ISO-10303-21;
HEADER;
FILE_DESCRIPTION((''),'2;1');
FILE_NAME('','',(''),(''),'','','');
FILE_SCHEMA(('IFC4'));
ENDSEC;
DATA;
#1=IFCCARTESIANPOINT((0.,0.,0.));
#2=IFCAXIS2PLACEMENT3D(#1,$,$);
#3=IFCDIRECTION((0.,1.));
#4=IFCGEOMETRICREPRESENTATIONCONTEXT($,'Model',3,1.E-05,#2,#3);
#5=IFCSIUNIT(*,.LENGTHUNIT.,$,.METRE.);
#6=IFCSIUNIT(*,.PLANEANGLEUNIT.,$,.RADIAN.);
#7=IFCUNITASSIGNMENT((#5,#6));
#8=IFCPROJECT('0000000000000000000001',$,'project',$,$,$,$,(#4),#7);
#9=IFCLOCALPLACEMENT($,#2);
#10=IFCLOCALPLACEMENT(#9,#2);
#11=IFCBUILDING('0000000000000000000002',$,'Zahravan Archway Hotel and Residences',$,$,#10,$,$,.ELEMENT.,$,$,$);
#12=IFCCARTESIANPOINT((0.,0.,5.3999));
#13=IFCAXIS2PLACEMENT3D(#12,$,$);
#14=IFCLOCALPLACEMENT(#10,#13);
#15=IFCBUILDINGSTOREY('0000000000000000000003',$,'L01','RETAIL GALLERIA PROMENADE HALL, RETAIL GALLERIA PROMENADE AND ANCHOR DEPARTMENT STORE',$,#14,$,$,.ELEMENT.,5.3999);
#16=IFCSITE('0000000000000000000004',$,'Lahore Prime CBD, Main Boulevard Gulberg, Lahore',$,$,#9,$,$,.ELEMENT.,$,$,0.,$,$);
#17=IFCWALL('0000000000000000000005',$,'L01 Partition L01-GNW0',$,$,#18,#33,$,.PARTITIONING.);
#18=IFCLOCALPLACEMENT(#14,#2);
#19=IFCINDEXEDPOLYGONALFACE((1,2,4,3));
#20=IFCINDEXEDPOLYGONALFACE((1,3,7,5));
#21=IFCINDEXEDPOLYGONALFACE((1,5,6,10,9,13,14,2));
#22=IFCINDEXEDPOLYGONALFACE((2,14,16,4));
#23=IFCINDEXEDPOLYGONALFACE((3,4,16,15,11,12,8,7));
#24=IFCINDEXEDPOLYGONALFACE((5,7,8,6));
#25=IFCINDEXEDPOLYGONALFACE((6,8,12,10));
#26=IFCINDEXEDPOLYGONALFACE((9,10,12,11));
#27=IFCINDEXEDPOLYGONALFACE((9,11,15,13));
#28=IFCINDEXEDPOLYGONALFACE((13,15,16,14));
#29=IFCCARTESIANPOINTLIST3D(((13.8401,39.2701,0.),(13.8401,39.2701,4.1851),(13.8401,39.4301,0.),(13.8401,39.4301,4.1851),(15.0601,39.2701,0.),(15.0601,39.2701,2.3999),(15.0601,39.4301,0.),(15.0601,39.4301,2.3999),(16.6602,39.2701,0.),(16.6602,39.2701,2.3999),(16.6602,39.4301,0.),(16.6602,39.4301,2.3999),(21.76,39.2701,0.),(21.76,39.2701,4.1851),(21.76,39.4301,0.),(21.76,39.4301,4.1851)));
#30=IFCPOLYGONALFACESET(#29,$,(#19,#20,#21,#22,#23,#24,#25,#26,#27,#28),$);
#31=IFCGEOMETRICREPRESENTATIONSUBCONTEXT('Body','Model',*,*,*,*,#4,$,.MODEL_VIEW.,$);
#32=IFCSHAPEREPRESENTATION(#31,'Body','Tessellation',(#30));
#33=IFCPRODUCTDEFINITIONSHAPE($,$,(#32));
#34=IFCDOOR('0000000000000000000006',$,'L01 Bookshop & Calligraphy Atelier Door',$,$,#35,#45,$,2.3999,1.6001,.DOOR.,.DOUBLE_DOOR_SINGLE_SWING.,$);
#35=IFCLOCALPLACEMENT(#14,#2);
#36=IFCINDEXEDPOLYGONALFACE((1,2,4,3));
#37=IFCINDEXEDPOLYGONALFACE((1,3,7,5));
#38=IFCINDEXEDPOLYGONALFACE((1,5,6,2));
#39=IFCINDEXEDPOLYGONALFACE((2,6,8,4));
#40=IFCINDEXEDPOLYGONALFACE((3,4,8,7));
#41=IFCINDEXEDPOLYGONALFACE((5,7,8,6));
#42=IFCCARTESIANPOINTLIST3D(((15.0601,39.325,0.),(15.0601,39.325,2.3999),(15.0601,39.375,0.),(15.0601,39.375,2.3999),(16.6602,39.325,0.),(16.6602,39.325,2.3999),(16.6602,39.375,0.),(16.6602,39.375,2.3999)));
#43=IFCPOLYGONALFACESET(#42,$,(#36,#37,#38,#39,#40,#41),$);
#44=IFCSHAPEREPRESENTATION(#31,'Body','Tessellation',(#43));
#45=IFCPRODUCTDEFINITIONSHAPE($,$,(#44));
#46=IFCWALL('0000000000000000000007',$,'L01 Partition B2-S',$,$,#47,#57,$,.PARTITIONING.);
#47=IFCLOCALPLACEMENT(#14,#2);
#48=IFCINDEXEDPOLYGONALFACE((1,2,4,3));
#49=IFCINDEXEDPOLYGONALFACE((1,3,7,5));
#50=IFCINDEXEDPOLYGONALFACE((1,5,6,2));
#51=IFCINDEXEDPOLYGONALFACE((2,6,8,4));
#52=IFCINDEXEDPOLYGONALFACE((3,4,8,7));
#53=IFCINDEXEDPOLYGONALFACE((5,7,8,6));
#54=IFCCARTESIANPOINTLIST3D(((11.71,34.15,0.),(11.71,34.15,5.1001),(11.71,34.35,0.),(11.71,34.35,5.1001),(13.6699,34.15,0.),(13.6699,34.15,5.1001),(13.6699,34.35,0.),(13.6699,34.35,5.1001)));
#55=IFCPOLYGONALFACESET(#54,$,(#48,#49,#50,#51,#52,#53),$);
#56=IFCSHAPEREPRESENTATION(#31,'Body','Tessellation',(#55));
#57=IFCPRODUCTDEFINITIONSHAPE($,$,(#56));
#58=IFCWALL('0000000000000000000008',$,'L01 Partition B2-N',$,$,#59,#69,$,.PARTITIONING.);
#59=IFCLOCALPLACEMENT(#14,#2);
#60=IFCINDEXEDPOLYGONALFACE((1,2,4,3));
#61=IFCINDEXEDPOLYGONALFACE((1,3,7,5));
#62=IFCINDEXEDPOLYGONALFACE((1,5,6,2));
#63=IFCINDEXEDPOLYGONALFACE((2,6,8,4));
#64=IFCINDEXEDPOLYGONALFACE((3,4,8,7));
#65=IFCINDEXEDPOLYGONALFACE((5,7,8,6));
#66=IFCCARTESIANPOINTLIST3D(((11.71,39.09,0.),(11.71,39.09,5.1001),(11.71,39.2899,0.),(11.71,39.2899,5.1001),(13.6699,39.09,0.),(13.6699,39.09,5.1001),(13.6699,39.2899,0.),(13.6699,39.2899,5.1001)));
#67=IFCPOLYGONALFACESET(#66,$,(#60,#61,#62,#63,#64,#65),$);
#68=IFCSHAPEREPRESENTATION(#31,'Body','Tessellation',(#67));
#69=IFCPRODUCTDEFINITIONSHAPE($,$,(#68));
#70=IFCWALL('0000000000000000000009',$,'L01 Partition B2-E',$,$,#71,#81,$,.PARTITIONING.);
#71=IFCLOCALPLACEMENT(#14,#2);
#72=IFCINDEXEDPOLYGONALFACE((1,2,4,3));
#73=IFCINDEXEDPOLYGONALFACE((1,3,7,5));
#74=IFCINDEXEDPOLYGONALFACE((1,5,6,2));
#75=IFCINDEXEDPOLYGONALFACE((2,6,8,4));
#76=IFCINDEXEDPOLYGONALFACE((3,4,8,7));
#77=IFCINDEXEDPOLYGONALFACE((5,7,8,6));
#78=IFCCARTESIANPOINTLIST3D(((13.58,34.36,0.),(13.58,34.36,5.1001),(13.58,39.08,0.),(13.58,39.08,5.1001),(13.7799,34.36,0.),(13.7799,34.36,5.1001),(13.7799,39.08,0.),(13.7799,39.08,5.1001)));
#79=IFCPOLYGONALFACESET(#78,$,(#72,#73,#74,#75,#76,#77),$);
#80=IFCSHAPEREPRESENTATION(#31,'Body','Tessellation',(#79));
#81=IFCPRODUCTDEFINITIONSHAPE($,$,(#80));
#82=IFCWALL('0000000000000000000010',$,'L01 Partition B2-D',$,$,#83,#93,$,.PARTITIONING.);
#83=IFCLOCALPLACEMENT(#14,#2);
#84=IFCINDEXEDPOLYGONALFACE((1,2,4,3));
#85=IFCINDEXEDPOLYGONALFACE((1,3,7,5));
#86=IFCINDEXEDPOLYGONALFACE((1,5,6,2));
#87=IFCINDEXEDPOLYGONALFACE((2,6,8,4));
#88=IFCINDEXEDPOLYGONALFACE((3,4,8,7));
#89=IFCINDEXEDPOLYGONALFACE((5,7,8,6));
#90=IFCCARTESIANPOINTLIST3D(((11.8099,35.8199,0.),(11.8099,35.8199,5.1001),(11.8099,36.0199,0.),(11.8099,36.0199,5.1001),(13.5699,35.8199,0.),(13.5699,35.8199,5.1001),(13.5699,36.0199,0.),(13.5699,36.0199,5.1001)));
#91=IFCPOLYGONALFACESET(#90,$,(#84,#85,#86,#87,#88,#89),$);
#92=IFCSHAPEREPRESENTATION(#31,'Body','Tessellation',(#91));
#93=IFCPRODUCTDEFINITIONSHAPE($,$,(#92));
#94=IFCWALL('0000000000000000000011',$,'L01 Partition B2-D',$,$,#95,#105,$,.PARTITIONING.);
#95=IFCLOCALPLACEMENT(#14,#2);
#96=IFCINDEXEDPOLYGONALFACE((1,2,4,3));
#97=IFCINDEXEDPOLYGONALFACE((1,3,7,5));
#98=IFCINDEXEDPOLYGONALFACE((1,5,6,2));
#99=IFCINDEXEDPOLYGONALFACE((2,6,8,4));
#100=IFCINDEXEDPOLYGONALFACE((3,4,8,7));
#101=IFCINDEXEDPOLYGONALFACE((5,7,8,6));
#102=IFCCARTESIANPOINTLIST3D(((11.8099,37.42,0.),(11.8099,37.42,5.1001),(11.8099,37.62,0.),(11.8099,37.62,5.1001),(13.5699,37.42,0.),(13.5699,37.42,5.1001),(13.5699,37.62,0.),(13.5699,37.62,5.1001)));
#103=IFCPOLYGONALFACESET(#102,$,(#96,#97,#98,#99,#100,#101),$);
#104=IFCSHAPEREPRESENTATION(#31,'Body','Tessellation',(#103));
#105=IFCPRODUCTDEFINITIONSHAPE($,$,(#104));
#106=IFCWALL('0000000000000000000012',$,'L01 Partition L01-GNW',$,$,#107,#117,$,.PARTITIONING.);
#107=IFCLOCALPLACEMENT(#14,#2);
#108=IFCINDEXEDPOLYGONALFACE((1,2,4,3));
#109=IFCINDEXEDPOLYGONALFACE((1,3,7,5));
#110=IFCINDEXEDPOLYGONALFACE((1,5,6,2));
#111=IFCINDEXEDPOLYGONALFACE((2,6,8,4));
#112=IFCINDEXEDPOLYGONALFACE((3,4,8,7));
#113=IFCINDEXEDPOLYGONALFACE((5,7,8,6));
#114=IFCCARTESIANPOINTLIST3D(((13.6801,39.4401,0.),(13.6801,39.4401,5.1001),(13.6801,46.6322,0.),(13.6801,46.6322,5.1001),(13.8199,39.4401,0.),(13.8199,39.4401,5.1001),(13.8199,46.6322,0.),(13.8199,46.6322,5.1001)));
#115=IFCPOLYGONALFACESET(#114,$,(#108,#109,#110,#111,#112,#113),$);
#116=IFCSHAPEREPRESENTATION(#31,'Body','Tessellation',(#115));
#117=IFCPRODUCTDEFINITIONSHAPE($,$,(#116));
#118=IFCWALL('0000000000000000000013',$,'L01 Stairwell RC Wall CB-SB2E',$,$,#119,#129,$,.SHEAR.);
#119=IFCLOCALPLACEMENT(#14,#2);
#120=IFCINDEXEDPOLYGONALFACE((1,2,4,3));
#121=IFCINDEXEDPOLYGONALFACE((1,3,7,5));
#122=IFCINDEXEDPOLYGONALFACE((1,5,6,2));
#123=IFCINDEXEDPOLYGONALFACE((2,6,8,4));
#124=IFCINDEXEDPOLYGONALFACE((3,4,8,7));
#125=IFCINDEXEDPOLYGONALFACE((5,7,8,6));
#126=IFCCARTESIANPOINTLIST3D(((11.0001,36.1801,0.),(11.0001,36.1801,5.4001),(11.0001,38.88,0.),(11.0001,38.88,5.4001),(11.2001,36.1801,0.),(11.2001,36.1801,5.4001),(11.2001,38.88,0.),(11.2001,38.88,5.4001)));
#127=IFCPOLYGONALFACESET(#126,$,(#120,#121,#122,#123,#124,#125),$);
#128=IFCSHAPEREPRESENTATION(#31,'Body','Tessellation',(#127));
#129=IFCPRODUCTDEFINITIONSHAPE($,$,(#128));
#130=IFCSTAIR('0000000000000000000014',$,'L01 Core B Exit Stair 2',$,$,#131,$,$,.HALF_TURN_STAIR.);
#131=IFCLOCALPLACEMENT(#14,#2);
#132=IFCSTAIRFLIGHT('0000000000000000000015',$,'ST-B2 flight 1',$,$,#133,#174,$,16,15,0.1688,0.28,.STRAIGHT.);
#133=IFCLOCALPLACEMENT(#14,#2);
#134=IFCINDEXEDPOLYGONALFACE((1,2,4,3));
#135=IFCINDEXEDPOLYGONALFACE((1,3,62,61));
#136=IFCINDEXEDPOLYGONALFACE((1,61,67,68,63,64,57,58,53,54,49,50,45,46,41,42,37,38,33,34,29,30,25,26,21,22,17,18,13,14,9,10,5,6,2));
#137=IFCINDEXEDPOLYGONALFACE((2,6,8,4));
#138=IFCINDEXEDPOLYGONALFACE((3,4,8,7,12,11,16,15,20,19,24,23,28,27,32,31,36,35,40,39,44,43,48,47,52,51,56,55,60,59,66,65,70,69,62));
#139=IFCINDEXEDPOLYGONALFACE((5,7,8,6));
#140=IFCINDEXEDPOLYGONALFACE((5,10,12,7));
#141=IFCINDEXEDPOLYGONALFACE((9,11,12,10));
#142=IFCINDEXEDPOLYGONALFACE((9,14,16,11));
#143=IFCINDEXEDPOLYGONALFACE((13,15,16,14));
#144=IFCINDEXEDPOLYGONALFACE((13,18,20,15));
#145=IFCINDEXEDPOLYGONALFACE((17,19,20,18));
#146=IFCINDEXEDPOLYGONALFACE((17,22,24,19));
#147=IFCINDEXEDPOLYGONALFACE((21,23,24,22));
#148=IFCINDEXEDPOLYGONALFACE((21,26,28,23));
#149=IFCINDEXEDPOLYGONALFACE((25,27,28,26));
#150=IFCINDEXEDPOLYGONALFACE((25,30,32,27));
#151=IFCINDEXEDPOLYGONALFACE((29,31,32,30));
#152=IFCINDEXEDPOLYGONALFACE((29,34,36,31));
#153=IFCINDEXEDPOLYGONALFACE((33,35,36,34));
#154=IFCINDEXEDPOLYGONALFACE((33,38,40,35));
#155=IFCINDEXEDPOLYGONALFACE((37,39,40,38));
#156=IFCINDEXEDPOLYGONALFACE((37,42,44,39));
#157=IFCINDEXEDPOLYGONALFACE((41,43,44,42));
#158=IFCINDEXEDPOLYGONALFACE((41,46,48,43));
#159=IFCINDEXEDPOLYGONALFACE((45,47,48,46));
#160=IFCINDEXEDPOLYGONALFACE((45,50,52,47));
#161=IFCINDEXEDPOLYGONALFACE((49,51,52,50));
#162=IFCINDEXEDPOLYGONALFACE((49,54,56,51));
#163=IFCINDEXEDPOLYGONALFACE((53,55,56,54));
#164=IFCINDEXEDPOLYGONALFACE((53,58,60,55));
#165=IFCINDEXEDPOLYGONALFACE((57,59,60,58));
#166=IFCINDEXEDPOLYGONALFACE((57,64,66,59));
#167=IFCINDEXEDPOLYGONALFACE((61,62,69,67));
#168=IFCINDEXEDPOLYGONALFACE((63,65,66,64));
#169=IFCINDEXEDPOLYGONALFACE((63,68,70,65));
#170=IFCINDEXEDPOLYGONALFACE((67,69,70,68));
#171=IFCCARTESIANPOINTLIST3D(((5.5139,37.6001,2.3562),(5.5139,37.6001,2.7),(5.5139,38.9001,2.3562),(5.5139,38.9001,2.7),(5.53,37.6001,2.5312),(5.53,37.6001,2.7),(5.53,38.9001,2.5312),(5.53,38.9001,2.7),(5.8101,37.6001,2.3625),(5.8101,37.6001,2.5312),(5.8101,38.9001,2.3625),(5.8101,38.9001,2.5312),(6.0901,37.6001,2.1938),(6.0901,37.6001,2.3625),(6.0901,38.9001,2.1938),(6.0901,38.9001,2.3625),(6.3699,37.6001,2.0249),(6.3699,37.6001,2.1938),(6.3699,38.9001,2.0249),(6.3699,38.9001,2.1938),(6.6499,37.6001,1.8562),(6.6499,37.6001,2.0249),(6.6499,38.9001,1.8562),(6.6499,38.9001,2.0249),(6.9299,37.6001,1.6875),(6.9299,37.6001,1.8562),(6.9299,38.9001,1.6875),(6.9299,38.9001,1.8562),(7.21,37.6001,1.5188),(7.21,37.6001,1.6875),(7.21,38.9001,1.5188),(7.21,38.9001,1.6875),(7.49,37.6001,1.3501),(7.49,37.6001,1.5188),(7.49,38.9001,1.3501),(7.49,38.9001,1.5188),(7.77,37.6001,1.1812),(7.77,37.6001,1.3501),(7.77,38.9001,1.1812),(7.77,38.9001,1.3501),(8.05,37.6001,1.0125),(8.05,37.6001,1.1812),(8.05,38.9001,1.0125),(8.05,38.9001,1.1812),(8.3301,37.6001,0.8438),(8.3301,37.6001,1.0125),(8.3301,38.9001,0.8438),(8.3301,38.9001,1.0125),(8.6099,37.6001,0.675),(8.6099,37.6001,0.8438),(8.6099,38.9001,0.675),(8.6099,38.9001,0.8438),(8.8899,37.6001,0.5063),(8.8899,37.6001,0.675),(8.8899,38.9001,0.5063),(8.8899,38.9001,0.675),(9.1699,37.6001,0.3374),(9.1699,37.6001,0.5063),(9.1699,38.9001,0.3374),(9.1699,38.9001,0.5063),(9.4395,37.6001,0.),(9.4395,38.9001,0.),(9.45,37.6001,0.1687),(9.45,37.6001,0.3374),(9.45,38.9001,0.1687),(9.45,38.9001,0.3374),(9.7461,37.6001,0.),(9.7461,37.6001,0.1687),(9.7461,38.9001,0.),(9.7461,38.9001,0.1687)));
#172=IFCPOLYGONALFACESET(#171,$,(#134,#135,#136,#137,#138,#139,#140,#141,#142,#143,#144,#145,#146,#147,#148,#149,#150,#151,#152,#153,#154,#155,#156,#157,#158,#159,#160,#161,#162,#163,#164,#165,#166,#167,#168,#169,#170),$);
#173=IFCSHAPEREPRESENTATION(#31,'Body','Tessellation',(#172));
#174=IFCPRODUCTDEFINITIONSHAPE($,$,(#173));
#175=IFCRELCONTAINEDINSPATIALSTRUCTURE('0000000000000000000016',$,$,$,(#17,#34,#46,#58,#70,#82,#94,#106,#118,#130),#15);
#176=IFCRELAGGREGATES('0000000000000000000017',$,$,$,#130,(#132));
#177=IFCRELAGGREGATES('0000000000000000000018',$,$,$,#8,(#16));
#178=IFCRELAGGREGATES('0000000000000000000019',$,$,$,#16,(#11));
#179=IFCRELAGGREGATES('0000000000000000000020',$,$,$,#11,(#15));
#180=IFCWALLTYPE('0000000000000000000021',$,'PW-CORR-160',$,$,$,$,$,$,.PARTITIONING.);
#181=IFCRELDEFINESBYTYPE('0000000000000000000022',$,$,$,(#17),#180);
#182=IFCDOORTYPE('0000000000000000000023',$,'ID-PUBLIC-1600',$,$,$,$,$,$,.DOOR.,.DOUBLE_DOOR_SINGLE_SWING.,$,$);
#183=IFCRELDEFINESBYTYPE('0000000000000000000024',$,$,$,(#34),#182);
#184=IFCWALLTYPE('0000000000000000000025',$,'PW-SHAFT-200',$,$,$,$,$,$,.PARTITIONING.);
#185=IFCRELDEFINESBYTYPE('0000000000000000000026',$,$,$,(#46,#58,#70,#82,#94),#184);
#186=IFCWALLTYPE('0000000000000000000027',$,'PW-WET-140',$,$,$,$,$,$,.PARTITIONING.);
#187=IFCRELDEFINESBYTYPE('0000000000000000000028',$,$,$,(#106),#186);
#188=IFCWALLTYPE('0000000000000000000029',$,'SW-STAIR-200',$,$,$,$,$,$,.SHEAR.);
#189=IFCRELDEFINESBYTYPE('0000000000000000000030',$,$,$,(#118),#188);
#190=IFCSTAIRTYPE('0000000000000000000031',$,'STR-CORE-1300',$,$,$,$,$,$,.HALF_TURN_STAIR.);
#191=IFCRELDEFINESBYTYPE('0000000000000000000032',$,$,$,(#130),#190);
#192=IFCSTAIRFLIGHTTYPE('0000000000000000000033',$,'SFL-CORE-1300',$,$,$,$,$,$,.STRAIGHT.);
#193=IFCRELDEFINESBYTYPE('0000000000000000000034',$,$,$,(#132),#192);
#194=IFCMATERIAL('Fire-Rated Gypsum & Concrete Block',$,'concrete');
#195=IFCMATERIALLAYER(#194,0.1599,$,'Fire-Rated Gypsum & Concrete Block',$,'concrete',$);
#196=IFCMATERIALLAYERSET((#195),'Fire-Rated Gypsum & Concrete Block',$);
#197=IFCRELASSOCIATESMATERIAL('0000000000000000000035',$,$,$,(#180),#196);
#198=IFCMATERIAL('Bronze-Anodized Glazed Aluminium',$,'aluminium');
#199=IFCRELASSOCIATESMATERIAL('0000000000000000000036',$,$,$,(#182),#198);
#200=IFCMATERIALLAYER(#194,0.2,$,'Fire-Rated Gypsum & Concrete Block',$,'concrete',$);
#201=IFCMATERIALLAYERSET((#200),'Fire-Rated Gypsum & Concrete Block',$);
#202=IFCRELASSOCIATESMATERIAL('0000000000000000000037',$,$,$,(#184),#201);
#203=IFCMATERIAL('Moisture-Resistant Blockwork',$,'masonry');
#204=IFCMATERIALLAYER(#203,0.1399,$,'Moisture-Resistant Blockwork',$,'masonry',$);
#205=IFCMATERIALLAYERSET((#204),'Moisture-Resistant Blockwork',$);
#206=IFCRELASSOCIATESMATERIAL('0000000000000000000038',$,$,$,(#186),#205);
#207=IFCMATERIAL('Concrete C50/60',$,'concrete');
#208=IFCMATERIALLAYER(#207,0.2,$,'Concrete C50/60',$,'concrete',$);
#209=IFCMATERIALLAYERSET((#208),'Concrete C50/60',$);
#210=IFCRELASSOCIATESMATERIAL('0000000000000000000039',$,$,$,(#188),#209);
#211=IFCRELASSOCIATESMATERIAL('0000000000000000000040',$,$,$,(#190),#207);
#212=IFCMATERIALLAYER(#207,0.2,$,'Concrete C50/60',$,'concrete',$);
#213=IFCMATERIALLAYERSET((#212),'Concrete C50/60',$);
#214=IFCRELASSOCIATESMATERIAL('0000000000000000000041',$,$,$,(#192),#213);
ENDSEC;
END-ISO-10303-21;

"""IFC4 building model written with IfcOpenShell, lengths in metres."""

from ifc_helpers import new_model, si_unit, direction, frame, frame_2d, origin, place, context, subcontext, project, spatial, polyline, rectangle, outline, extrude, source, transform, mapped, material, layer, layer_set, type_object, type_shapes, element, fill, aggregate, save


model = new_model("IFC4")

# Units and contexts
model_context = context("Model", 3, precision=1e-05, world=origin(), true_north=direction((0.0, 1.0)))
body_context = subcontext(model_context, "Body", "Model", "MODEL_VIEW")
ifc_project = project(units=[si_unit("LENGTHUNIT", "METRE"), si_unit("PLANEANGLEUNIT", "RADIAN")], contexts=[model_context])

# Site, building, storey
site_placement = place(None, origin())
site = spatial("IfcSite", under=ifc_project, at=site_placement, Name="Lahore Prime CBD, Main Boulevard Gulberg, Lahore", CompositionType="ELEMENT", RefElevation=0.0)
building_placement = place(site_placement, origin())
building = spatial("IfcBuilding", under=site, at=building_placement, Name="Zahravan Archway Hotel and Residences", CompositionType="ELEMENT")
storey_placement = place(building_placement, frame((0.0, 0.0, 5.3999)))
storey = spatial("IfcBuildingStorey", under=building, at=storey_placement, Name="L01", Description="RETAIL GALLERIA PROMENADE HALL, RETAIL GALLERIA PROMENADE AND ANCHOR DEPARTMENT STORE", CompositionType="ELEMENT", Elevation=5.3999)

# Wall, opening, door
ifc_material_1 = material(Name="Fire-Rated Gypsum & Concrete Block", Category="concrete")
ifc_layer_1 = layer(ifc_material_1, 0.1599, Name="Fire-Rated Gypsum & Concrete Block", Category="concrete")
ifc_layer_set_1 = layer_set([ifc_layer_1], Name="Fire-Rated Gypsum & Concrete Block")
wall_type_1 = type_object("IfcWallType", Name="PW-CORR-160", PredefinedType="PARTITIONING", material=ifc_layer_set_1)
wall_1_placement = place(storey_placement, frame((13.8401, 39.3501, 0.0), z_axis=(0.0, 0.0, 1.0), x_axis=(1.0, 0.0, 0.0)))
wall_1 = element("IfcWall", 1, at=wall_1_placement, inside=storey, type_object=wall_type_1, Name="L01 Partition L01-GNW0", PredefinedType="PARTITIONING", context=body_context, shape_type="SweptSolid", body=[
    extrude(rectangle(XDim=7.9199, YDim=0.1599, at=frame_2d((3.96, 0.0))), origin(), (0.0, 0.0, 1.0), 4.1851),
])
opening_placement = place(wall_1_placement, frame((1.22, 0.0, 0.0)))
opening = element("IfcOpeningElement", 2, at=opening_placement, cuts=wall_1, PredefinedType="OPENING", context=body_context, shape_type="SweptSolid", body=[
    extrude(rectangle(XDim=1.6001, YDim=2.3999, at=frame_2d((0.8, 1.2))), frame((0.0, 0.0898, 0.0), z_axis=(0.0, -1.0, 0.0), x_axis=(1.0, 0.0, 0.0)), (0.0, 0.0, 1.0), 0.1799),
])
ifc_material_2 = material(Name="Bronze-Anodized Glazed Aluminium", Category="aluminium")
door_type = type_object("IfcDoorType", Name="ID-PUBLIC-1600", OperationType="DOUBLE_DOOR_SINGLE_SWING", PredefinedType="DOOR", material=ifc_material_2)
shared_shape_1 = source(origin(), body_context, "Body", "SweptSolid", [
    extrude(rectangle(XDim=1.6001, YDim=2.3999, at=frame_2d((0.8, 1.2))), frame((0.0, 0.0249, 0.0), z_axis=(0.0, -1.0, 0.0), x_axis=(1.0, 0.0, 0.0)), (0.0, 0.0, 1.0), 0.05),
])
type_shapes(door_type, [shared_shape_1])
door_placement = place(opening_placement, origin())
door = element("IfcDoor", 3, at=door_placement, inside=storey, type_object=door_type, Name="L01 Bookshop & Calligraphy Atelier Door", OperationType="DOUBLE_DOOR_SINGLE_SWING", OverallHeight=2.3999, OverallWidth=1.6001, PredefinedType="DOOR", context=body_context, shape_type="MappedRepresentation", body=[
    mapped(shared_shape_1, transform((0.0, 0.0, 0.0), scale=1.0)),
])
fill(opening, door)

# Walls
ifc_layer_2 = layer(ifc_material_1, 0.2, Name="Fire-Rated Gypsum & Concrete Block", Category="concrete")
ifc_layer_set_2 = layer_set([ifc_layer_2], Name="Fire-Rated Gypsum & Concrete Block")
wall_type_2 = type_object("IfcWallType", Name="PW-SHAFT-200", PredefinedType="PARTITIONING", material=ifc_layer_set_2)
for number, where, z_axis, x_axis, name in (
    (4, (11.71, 34.25, 0.0), (0.0, 0.0, 1.0), (1.0, 0.0, 0.0), "L01 Partition B2-S"),
    (5, (11.71, 39.1899, 0.0), (0.0, 0.0, 1.0), (1.0, 0.0, 0.0), "L01 Partition B2-N"),
):
    element("IfcWall", number, at=place(storey_placement, frame(where, z_axis=z_axis, x_axis=x_axis)), inside=storey, type_object=wall_type_2, Name=name, PredefinedType="PARTITIONING", context=body_context, shape_type="SweptSolid", body=[
        extrude(rectangle(XDim=1.96, YDim=0.2, at=frame_2d((0.98, 0.0))), origin(), (0.0, 0.0, 1.0), 5.1001),
    ])
wall_2_placement = place(storey_placement, frame((13.6799, 34.3601, 0.0), z_axis=(0.0, 0.0, 1.0), x_axis=(0.0, 1.0, 0.0)))
element("IfcWall", 6, at=wall_2_placement, inside=storey, type_object=wall_type_2, Name="L01 Partition B2-E", PredefinedType="PARTITIONING", context=body_context, shape_type="SweptSolid", body=[
    extrude(rectangle(XDim=4.72, YDim=0.2, at=frame_2d((2.3599, 0.0))), origin(), (0.0, 0.0, 1.0), 5.1001),
])
for number, where, z_axis, x_axis, name in (
    (7, (11.8101, 35.9199, 0.0), (0.0, 0.0, 1.0), (1.0, 0.0, 0.0), "L01 Partition B2-D"),
    (8, (11.8101, 37.52, 0.0), (0.0, 0.0, 1.0), (1.0, 0.0, 0.0), "L01 Partition B2-D"),
):
    element("IfcWall", number, at=place(storey_placement, frame(where, z_axis=z_axis, x_axis=x_axis)), inside=storey, type_object=wall_type_2, Name=name, PredefinedType="PARTITIONING", context=body_context, shape_type="SweptSolid", body=[
        extrude(rectangle(XDim=1.76, YDim=0.2, at=frame_2d((0.8799, 0.0))), origin(), (0.0, 0.0, 1.0), 5.1001),
    ])
ifc_material_3 = material(Name="Moisture-Resistant Blockwork", Category="masonry")
ifc_layer_3 = layer(ifc_material_3, 0.1399, Name="Moisture-Resistant Blockwork", Category="masonry")
ifc_layer_set_3 = layer_set([ifc_layer_3], Name="Moisture-Resistant Blockwork")
wall_type_3 = type_object("IfcWallType", Name="PW-WET-140", PredefinedType="PARTITIONING", material=ifc_layer_set_3)
wall_3_placement = place(storey_placement, frame((13.75, 39.4399, 0.0), z_axis=(0.0, 0.0, 1.0), x_axis=(0.0, 1.0, 0.0)))
element("IfcWall", 9, at=wall_3_placement, inside=storey, type_object=wall_type_3, Name="L01 Partition L01-GNW", PredefinedType="PARTITIONING", context=body_context, shape_type="SweptSolid", body=[
    extrude(rectangle(XDim=7.1921, YDim=0.1399, at=frame_2d((3.5962, 0.0))), origin(), (0.0, 0.0, 1.0), 5.1001),
])
ifc_material_4 = material(Name="Concrete C50/60", Category="concrete")
ifc_layer_4 = layer(ifc_material_4, 0.2, Name="Concrete C50/60", Category="concrete")
ifc_layer_set_4 = layer_set([ifc_layer_4], Name="Concrete C50/60")
wall_type_4 = type_object("IfcWallType", Name="SW-STAIR-200", PredefinedType="SHEAR", material=ifc_layer_set_4)
wall_4_placement = place(storey_placement, frame((11.1001, 36.1799, 0.0), z_axis=(0.0, 0.0, 1.0), x_axis=(0.0, 1.0, 0.0)))
element("IfcWall", 10, at=wall_4_placement, inside=storey, type_object=wall_type_4, Name="L01 Stairwell RC Wall CB-SB2E", PredefinedType="SHEAR", context=body_context, shape_type="SweptSolid", body=[
    extrude(rectangle(XDim=2.7, YDim=0.2, at=frame_2d((1.3501, 0.0))), origin(), (0.0, 0.0, 1.0), 5.4001),
])

# Stair, stair flight
stair_type = type_object("IfcStairType", Name="STR-CORE-1300", PredefinedType="HALF_TURN_STAIR", material=ifc_material_4)
stair_placement = place(storey_placement, origin())
stair = element("IfcStair", 11, at=stair_placement, inside=storey, type_object=stair_type, Name="L01 Core B Exit Stair 2", PredefinedType="HALF_TURN_STAIR")
ifc_layer_5 = layer(ifc_material_4, 0.2, Name="Concrete C50/60", Category="concrete")
ifc_layer_set_5 = layer_set([ifc_layer_5], Name="Concrete C50/60")
stair_flight_type = type_object("IfcStairFlightType", Name="SFL-CORE-1300", PredefinedType="STRAIGHT", material=ifc_layer_set_5)
shared_shape_2 = source(origin(), body_context, "Body", "SweptSolid", [
    extrude(outline(polyline([(-0.0161, 0.0), (-0.0161, 0.1687), (0.28, 0.1687), (0.28, 0.3374), (0.5601, 0.3374), (0.5601, 0.5063), (0.8401, 0.5063), (0.8401, 0.675), (1.1201, 0.675), (1.1201, 0.8438), (1.3999, 0.8438), (1.3999, 1.0125), (1.6799, 1.0125), (1.6799, 1.1812), (1.96, 1.1812), (1.96, 1.3501), (2.24, 1.3501), (2.24, 1.5188), (2.52, 1.5188), (2.52, 1.6875), (2.8, 1.6875), (2.8, 1.8562), (3.0801, 1.8562), (3.0801, 2.0249), (3.3601, 2.0249), (3.3601, 2.1938), (3.6399, 2.1938), (3.6399, 2.3625), (3.9199, 2.3625), (3.9199, 2.5312), (4.2, 2.5312), (4.2, 2.7), (4.2161, 2.7), (4.2161, 2.3562), (0.2905, 0.0), (-0.0161, 0.0)])), frame((0.0, 0.6499, 0.0), z_axis=(0.0, -1.0, 0.0), x_axis=(1.0, 0.0, 0.0)), (0.0, 0.0, 1.0), 1.3),
])
stair_flight_placement = place(storey_placement, frame((9.73, 38.25, 0.0), z_axis=(0.0, 0.0, 1.0), x_axis=(-1.0, 0.0, 0.0)))
stair_flight = element("IfcStairFlight", 12, at=stair_flight_placement, type_object=stair_flight_type, Name="ST-B2 flight 1", NumberOfRisers=16, NumberOfTreads=15, PredefinedType="STRAIGHT", RiserHeight=0.1688, TreadLength=0.28, context=body_context, shape_type="MappedRepresentation", body=[
    mapped(shared_shape_2, transform((0.0, 0.0, 0.0), scale=1.0)),
])
aggregate(stair, [stair_flight])

save(model, "model.ifc")
